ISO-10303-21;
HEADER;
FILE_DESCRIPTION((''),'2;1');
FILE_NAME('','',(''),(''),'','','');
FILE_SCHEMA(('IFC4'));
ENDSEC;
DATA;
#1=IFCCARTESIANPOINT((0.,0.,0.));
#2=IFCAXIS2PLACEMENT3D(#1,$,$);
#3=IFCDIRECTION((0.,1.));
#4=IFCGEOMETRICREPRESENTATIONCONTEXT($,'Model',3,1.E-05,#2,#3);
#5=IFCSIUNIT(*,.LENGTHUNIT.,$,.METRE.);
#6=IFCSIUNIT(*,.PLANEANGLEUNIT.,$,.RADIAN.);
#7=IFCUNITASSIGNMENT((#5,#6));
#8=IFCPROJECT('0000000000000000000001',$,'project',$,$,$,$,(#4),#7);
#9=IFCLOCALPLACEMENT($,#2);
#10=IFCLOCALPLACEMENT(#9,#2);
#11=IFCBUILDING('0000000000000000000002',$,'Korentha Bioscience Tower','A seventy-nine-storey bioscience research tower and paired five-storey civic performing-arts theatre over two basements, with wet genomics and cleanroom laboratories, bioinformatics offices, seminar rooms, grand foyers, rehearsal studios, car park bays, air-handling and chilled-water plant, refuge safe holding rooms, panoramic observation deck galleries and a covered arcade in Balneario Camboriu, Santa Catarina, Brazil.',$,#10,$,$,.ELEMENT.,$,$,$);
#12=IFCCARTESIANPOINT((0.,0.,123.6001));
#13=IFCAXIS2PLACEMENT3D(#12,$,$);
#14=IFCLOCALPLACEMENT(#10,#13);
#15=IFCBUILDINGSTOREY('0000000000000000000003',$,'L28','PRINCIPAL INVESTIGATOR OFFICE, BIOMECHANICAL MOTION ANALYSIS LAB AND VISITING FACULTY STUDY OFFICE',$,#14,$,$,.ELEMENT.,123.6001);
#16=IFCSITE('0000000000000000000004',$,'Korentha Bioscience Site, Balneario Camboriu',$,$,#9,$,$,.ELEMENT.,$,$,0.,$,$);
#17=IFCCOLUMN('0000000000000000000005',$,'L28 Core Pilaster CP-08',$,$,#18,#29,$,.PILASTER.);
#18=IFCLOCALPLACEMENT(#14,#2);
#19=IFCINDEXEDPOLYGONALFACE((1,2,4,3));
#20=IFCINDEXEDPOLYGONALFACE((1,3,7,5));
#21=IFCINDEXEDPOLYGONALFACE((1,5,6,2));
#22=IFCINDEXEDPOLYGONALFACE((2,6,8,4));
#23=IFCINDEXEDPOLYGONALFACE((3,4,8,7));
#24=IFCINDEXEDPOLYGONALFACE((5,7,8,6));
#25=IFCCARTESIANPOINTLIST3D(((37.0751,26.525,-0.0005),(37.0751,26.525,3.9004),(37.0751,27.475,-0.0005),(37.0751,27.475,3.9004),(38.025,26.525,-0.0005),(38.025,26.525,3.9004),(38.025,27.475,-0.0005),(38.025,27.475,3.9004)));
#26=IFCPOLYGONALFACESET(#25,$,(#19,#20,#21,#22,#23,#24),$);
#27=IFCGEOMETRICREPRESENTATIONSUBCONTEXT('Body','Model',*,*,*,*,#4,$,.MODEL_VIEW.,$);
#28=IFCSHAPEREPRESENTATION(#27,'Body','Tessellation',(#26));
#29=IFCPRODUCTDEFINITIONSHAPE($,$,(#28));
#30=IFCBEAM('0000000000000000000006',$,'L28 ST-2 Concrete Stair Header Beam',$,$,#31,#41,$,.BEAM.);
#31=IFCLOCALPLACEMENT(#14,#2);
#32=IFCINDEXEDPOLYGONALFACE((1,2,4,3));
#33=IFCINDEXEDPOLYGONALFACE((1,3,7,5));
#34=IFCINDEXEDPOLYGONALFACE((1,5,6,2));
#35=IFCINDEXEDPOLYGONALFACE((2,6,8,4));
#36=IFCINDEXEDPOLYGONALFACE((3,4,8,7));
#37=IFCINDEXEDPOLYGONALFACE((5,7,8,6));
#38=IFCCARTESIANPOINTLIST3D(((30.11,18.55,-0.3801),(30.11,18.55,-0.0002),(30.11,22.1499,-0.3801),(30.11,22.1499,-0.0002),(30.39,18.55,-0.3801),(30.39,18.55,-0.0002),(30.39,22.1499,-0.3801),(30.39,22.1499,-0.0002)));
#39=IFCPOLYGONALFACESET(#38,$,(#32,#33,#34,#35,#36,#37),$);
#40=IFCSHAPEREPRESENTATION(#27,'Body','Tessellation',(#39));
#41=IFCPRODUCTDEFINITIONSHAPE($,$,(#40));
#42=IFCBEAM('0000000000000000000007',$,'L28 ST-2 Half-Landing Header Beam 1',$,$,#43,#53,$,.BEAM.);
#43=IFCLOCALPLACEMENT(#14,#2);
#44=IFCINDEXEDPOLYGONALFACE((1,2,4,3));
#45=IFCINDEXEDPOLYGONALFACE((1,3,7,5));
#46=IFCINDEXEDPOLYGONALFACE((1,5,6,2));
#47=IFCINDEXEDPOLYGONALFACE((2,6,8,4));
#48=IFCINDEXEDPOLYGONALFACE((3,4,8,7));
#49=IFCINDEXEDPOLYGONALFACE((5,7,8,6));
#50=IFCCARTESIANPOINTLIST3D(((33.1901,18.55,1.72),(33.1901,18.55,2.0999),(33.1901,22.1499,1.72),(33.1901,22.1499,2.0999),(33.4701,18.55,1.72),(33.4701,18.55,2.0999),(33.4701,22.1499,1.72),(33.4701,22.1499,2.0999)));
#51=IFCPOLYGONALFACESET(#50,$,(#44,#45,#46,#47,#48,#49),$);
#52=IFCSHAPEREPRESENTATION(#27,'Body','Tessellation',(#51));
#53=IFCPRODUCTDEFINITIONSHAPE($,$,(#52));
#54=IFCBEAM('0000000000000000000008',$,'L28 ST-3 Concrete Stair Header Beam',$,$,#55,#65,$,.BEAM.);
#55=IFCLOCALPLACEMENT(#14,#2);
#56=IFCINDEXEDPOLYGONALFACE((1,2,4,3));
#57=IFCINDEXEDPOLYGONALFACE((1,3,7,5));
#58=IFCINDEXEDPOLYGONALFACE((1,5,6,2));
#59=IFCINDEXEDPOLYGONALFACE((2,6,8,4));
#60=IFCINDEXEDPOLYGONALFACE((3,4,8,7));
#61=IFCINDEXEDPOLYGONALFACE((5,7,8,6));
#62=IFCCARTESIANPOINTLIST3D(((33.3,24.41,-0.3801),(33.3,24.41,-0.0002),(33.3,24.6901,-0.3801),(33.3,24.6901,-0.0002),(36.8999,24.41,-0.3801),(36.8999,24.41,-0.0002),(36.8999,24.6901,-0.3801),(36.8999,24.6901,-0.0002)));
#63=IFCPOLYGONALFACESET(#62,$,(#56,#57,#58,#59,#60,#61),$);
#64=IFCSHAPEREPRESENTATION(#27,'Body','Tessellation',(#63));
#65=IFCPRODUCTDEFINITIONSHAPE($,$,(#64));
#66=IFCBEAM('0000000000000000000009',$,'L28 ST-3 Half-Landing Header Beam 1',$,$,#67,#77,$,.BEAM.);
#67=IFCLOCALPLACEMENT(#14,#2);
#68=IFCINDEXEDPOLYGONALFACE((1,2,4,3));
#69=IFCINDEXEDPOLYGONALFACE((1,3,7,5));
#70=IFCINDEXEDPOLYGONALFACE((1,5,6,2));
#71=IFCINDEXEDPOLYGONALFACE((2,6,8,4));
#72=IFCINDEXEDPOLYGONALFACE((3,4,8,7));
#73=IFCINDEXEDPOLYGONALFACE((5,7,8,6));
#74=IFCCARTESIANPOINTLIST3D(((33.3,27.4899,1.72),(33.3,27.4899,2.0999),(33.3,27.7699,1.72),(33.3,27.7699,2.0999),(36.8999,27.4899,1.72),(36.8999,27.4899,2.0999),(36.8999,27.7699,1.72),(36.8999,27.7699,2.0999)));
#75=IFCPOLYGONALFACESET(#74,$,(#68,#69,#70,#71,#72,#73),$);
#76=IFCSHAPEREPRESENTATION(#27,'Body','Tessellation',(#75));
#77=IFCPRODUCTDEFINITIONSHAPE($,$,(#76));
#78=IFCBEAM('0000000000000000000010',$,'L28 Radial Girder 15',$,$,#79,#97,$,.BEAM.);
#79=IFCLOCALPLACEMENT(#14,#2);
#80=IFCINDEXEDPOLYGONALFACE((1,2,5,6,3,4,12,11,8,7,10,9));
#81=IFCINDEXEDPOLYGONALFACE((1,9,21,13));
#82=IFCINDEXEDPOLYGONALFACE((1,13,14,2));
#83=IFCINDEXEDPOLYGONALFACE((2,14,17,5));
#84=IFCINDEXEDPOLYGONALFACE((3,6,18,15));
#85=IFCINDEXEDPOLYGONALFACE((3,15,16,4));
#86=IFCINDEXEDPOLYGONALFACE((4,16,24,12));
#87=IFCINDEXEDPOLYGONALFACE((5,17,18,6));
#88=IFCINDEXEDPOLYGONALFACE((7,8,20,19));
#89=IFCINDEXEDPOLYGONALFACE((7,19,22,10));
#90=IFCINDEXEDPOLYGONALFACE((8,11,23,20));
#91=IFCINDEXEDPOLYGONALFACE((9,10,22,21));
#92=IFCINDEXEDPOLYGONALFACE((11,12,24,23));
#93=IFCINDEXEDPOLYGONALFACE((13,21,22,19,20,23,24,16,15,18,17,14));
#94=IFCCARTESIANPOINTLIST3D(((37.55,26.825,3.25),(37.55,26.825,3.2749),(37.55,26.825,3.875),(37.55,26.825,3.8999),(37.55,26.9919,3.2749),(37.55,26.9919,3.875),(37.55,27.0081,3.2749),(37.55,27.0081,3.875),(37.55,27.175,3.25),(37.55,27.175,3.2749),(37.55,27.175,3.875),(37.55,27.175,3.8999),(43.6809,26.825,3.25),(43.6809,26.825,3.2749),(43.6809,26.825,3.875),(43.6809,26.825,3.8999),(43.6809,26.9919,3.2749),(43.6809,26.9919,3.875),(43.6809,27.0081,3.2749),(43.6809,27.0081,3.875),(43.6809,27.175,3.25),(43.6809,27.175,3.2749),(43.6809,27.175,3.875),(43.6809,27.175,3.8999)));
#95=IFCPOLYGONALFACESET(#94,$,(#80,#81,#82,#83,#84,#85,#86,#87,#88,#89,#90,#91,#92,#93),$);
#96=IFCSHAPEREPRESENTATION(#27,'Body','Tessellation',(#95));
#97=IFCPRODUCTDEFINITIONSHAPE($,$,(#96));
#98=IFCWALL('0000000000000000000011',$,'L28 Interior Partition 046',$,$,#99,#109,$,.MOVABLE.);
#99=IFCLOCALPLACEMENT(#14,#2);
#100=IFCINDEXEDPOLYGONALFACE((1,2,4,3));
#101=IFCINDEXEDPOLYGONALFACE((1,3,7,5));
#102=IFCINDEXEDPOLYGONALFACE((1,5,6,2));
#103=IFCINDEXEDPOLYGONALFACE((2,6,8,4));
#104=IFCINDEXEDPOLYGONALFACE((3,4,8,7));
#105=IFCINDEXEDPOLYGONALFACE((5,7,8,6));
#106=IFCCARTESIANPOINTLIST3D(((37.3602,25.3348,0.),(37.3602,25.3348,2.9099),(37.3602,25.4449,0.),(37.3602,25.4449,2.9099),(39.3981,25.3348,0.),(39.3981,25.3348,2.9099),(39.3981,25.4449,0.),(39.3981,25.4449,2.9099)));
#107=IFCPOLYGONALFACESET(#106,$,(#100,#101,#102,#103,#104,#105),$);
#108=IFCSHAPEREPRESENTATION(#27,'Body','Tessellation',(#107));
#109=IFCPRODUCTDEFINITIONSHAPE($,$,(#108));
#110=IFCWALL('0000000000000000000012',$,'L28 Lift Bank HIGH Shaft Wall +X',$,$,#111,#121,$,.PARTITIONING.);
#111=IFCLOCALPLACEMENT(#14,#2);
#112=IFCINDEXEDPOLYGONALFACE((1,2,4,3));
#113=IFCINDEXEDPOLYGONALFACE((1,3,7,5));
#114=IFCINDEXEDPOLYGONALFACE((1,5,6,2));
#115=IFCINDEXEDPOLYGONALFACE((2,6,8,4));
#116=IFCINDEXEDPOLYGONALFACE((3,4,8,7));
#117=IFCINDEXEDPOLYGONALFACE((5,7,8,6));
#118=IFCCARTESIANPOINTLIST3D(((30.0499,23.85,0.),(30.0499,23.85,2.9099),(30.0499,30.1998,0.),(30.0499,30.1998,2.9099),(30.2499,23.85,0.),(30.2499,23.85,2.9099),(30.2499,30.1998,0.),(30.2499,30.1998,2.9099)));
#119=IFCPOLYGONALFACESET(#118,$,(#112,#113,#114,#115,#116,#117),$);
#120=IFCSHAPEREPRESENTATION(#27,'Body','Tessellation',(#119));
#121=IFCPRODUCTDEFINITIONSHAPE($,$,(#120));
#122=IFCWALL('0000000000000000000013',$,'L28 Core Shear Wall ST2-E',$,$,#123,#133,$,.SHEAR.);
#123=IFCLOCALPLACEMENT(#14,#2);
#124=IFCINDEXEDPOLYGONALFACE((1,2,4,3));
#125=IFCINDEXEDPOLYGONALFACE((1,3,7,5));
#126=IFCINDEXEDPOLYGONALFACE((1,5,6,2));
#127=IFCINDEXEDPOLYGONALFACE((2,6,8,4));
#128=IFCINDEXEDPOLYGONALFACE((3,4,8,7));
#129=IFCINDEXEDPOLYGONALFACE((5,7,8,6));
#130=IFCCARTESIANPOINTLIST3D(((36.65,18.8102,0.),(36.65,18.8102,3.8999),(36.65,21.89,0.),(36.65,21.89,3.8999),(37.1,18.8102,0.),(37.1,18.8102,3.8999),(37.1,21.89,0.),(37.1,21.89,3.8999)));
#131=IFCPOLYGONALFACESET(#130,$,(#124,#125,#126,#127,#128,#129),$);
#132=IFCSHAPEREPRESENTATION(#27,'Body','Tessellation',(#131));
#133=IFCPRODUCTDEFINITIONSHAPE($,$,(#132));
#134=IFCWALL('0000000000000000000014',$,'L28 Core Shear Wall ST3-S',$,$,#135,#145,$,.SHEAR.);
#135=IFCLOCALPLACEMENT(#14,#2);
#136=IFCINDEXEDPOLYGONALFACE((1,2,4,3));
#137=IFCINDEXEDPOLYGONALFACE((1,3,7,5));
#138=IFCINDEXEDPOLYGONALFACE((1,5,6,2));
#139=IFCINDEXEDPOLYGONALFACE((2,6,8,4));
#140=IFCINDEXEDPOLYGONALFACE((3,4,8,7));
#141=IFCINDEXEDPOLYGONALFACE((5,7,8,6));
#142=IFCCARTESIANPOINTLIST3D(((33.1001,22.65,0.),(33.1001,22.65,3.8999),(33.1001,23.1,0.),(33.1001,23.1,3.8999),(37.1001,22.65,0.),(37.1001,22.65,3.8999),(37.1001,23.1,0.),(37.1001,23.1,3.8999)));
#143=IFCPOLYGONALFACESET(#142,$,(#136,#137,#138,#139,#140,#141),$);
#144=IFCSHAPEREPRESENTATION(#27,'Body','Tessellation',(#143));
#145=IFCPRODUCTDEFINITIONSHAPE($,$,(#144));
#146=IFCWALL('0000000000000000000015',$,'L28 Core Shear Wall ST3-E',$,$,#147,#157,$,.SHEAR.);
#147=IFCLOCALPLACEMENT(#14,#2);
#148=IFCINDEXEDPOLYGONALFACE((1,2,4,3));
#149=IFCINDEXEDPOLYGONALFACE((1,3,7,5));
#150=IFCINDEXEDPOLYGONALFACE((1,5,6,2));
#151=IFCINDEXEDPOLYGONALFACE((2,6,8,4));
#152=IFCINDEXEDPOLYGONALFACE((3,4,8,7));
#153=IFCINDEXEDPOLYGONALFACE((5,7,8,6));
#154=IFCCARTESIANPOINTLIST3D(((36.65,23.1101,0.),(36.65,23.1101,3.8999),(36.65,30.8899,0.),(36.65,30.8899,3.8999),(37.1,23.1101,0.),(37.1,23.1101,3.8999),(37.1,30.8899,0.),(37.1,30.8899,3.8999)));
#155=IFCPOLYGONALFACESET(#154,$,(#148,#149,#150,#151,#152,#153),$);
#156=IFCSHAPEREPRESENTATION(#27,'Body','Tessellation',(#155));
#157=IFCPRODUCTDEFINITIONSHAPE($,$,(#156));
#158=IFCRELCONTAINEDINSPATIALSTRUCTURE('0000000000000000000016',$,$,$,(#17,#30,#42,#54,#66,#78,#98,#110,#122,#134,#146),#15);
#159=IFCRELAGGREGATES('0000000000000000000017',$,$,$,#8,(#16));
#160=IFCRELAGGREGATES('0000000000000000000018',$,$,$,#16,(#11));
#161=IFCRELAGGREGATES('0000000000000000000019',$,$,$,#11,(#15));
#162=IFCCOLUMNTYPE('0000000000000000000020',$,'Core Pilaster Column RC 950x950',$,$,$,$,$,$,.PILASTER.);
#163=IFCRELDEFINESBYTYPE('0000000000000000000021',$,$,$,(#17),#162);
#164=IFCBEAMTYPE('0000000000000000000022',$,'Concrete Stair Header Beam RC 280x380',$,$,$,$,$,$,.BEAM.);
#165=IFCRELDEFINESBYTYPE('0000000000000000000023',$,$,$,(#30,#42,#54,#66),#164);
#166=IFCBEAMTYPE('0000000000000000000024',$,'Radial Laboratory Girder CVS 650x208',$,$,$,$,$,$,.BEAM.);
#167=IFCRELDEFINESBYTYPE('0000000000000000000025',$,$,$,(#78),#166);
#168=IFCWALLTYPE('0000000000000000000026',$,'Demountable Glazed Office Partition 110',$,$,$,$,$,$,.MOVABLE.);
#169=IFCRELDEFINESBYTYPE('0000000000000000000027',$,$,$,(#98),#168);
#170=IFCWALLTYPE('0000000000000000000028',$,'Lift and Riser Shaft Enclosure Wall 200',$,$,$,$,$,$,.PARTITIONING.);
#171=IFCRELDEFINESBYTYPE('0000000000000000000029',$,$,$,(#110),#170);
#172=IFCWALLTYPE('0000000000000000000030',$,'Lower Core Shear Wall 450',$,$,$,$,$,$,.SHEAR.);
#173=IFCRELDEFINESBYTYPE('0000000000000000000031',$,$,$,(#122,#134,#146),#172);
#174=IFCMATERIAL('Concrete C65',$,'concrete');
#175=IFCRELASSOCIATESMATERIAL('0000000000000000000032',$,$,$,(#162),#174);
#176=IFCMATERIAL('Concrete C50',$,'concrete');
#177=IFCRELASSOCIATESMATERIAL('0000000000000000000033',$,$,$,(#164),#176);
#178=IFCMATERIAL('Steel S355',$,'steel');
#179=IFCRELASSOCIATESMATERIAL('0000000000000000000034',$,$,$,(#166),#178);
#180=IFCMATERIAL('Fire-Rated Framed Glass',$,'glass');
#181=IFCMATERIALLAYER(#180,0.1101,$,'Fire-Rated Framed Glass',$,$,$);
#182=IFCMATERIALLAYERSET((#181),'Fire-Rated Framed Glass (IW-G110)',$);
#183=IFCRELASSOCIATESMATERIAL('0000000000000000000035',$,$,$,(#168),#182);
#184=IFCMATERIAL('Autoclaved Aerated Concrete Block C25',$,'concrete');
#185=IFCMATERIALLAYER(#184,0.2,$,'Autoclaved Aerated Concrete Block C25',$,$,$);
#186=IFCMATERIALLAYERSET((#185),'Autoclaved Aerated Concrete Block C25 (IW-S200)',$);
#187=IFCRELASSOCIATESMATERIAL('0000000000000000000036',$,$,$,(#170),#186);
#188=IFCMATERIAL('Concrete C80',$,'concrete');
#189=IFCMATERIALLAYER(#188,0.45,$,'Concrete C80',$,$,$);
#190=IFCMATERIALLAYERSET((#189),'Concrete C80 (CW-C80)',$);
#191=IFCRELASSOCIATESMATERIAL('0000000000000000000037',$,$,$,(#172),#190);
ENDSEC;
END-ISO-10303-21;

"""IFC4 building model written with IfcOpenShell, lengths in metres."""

from ifc_helpers import new_model, si_unit, direction, frame, frame_2d, origin, origin_2d, place, context, subcontext, project, spatial, rectangle, i_section, extrude, material, layer, layer_set, material_profile, profile_set, type_object, element, save


model = new_model("IFC4")

# Units and contexts
model_context = context("Model", 3, precision=1e-05, world=origin(), true_north=direction((0.0, 1.0)))
body_context = subcontext(model_context, "Body", "Model", "MODEL_VIEW")
ifc_project = project(units=[si_unit("LENGTHUNIT", "METRE"), si_unit("PLANEANGLEUNIT", "RADIAN")], contexts=[model_context])

# Site, building, storey
site_placement = place(None, origin())
site = spatial("IfcSite", under=ifc_project, at=site_placement, Name="Korentha Bioscience Site, Balneario Camboriu", CompositionType="ELEMENT", RefElevation=0.0)
building_placement = place(site_placement, origin())
building = spatial("IfcBuilding", under=site, at=building_placement, Name="Korentha Bioscience Tower", Description="A seventy-nine-storey bioscience research tower and paired five-storey civic performing-arts theatre over two basements, with wet genomics and cleanroom laboratories, bioinformatics offices, seminar rooms, grand foyers, rehearsal studios, car park bays, air-handling and chilled-water plant, refuge safe holding rooms, panoramic observation deck galleries and a covered arcade in Balneario Camboriu, Santa Catarina, Brazil.", CompositionType="ELEMENT")
storey_placement = place(building_placement, frame((0.0, 0.0, 123.6001)))
storey = spatial("IfcBuildingStorey", under=building, at=storey_placement, Name="L28", Description="PRINCIPAL INVESTIGATOR OFFICE, BIOMECHANICAL MOTION ANALYSIS LAB AND VISITING FACULTY STUDY OFFICE", CompositionType="ELEMENT", Elevation=123.6001)

# Column
ifc_material_1 = material(Name="Concrete C65", Category="concrete")
ifc_material_profile_1 = material_profile(ifc_material_1, rectangle(XDim=0.95, YDim=0.95, at=origin_2d()), Name="Concrete C65")
ifc_profile_set_1 = profile_set([ifc_material_profile_1], Name="Concrete C65 (COL-CP09)")
column_type = type_object("IfcColumnType", Name="Core Pilaster Column RC 950x950", PredefinedType="PILASTER", material=ifc_profile_set_1)
column_placement = place(storey_placement, frame((37.55, 27.0, -0.0005), z_axis=(0.0, 0.0, 1.0), x_axis=(1.0, 0.0, 0.0)))
element("IfcColumn", 1, at=column_placement, inside=storey, type_object=column_type, Name="L28 Core Pilaster CP-08", PredefinedType="PILASTER", context=body_context, shape_type="SweptSolid", body=[
    extrude(rectangle(XDim=0.95, YDim=0.95, at=origin_2d()), origin(), (0.0, 0.0, 1.0), 3.9009),
])

# Beams
ifc_material_2 = material(Name="Concrete C50", Category="concrete")
ifc_material_profile_2 = material_profile(ifc_material_2, rectangle(XDim=0.28, YDim=0.3799, at=origin_2d()), Name="Concrete C50")
ifc_profile_set_2 = profile_set([ifc_material_profile_2], Name="Concrete C50 (ST-HB380)")
beam_type_1 = type_object("IfcBeamType", Name="Concrete Stair Header Beam RC 280x380", PredefinedType="BEAM", material=ifc_profile_set_2)
for number, where, z_axis, x_axis, name in (
    (2, (30.25, 18.55, -0.1902), (0.0, 1.0, 0.0), (-1.0, 0.0, 0.0), "L28 ST-2 Concrete Stair Header Beam"),
    (3, (33.3301, 18.55, 1.9099), (0.0, 1.0, 0.0), (-1.0, 0.0, 0.0), "L28 ST-2 Half-Landing Header Beam 1"),
    (4, (36.8999, 24.55, -0.1902), (-1.0, 0.0, 0.0), (0.0, -1.0, 0.0), "L28 ST-3 Concrete Stair Header Beam"),
    (5, (36.8999, 27.6299, 1.9099), (-1.0, 0.0, 0.0), (0.0, -1.0, 0.0), "L28 ST-3 Half-Landing Header Beam 1"),
):
    element("IfcBeam", number, at=place(storey_placement, frame(where, z_axis=z_axis, x_axis=x_axis)), inside=storey, type_object=beam_type_1, Name=name, PredefinedType="BEAM", context=body_context, shape_type="SweptSolid", body=[
        extrude(rectangle(XDim=0.28, YDim=0.3799, at=origin_2d()), origin(), (0.0, 0.0, 1.0), 3.5999),
    ])
ifc_material_3 = material(Name="Steel S355", Category="steel")
ifc_material_profile_3 = material_profile(ifc_material_3, i_section(OverallWidth=0.3501, OverallDepth=0.6499, WebThickness=0.0161, FlangeThickness=0.0249, at=origin_2d()), Name="Steel S355")
ifc_profile_set_3 = profile_set([ifc_material_profile_3], Name="Steel S355 (RB-650)")
beam_type_2 = type_object("IfcBeamType", Name="Radial Laboratory Girder CVS 650x208", PredefinedType="BEAM", material=ifc_profile_set_3)
beam_placement = place(storey_placement, frame((37.55, 27.0, 3.575), z_axis=(1.0, 0.0, 0.0), x_axis=(0.0, 1.0, 0.0)))
element("IfcBeam", 6, at=beam_placement, inside=storey, type_object=beam_type_2, Name="L28 Radial Girder 15", PredefinedType="BEAM", context=body_context, shape_type="SweptSolid", body=[
    extrude(i_section(OverallWidth=0.3501, OverallDepth=0.6499, WebThickness=0.0161, FlangeThickness=0.0249, at=origin_2d()), origin(), (0.0, 0.0, 1.0), 6.1309),
])

# Walls
ifc_material_4 = material(Name="Fire-Rated Framed Glass", Category="glass")
ifc_layer_1 = layer(ifc_material_4, 0.1101, Name="Fire-Rated Framed Glass")
ifc_layer_set_1 = layer_set([ifc_layer_1], Name="Fire-Rated Framed Glass (IW-G110)")
wall_type_1 = type_object("IfcWallType", Name="Demountable Glazed Office Partition 110", PredefinedType="MOVABLE", material=ifc_layer_set_1)
wall_1_placement = place(storey_placement, frame((37.3601, 25.3899, 0.0), z_axis=(0.0, 0.0, 1.0), x_axis=(1.0, 0.0, 0.0)))
element("IfcWall", 7, at=wall_1_placement, inside=storey, type_object=wall_type_1, Name="L28 Interior Partition 046", PredefinedType="MOVABLE", context=body_context, shape_type="SweptSolid", body=[
    extrude(rectangle(XDim=2.0378, YDim=0.1101, at=frame_2d((1.019, 0.0))), origin(), (0.0, 0.0, 1.0), 2.9099),
])
ifc_material_5 = material(Name="Autoclaved Aerated Concrete Block C25", Category="concrete")
ifc_layer_2 = layer(ifc_material_5, 0.2, Name="Autoclaved Aerated Concrete Block C25")
ifc_layer_set_2 = layer_set([ifc_layer_2], Name="Autoclaved Aerated Concrete Block C25 (IW-S200)")
wall_type_2 = type_object("IfcWallType", Name="Lift and Riser Shaft Enclosure Wall 200", PredefinedType="PARTITIONING", material=ifc_layer_set_2)
wall_2_placement = place(storey_placement, frame((30.1499, 23.8501, 0.0), z_axis=(0.0, 0.0, 1.0), x_axis=(0.0, 1.0, 0.0)))
element("IfcWall", 8, at=wall_2_placement, inside=storey, type_object=wall_type_2, Name="L28 Lift Bank HIGH Shaft Wall +X", PredefinedType="PARTITIONING", context=body_context, shape_type="SweptSolid", body=[
    extrude(rectangle(XDim=6.3499, YDim=0.2, at=frame_2d((3.1748, 0.0))), origin(), (0.0, 0.0, 1.0), 2.9099),
])
ifc_material_6 = material(Name="Concrete C80", Category="concrete")
ifc_layer_3 = layer(ifc_material_6, 0.45, Name="Concrete C80")
ifc_layer_set_3 = layer_set([ifc_layer_3], Name="Concrete C80 (CW-C80)")
wall_type_3 = type_object("IfcWallType", Name="Lower Core Shear Wall 450", PredefinedType="SHEAR", material=ifc_layer_set_3)
wall_3_placement = place(storey_placement, frame((36.875, 18.8101, 0.0), z_axis=(0.0, 0.0, 1.0), x_axis=(0.0, 1.0, 0.0)))
element("IfcWall", 9, at=wall_3_placement, inside=storey, type_object=wall_type_3, Name="L28 Core Shear Wall ST2-E", PredefinedType="SHEAR", context=body_context, shape_type="SweptSolid", body=[
    extrude(rectangle(XDim=3.0798, YDim=0.45, at=frame_2d((1.54, 0.0))), origin(), (0.0, 0.0, 1.0), 3.8999),
])
wall_4_placement = place(storey_placement, frame((33.1001, 22.875, 0.0), z_axis=(0.0, 0.0, 1.0), x_axis=(1.0, 0.0, 0.0)))
element("IfcWall", 10, at=wall_4_placement, inside=storey, type_object=wall_type_3, Name="L28 Core Shear Wall ST3-S", PredefinedType="SHEAR", context=body_context, shape_type="SweptSolid", body=[
    extrude(rectangle(XDim=4.0, YDim=0.45, at=frame_2d((2.0, 0.0))), origin(), (0.0, 0.0, 1.0), 3.8999),
])
wall_5_placement = place(storey_placement, frame((36.875, 23.1101, 0.0), z_axis=(0.0, 0.0, 1.0), x_axis=(0.0, 1.0, 0.0)))
element("IfcWall", 11, at=wall_5_placement, inside=storey, type_object=wall_type_3, Name="L28 Core Shear Wall ST3-E", PredefinedType="SHEAR", context=body_context, shape_type="SweptSolid", body=[
    extrude(rectangle(XDim=7.7798, YDim=0.45, at=frame_2d((3.8899, 0.0))), origin(), (0.0, 0.0, 1.0), 3.8999),
])

save(model, "model.ifc")
